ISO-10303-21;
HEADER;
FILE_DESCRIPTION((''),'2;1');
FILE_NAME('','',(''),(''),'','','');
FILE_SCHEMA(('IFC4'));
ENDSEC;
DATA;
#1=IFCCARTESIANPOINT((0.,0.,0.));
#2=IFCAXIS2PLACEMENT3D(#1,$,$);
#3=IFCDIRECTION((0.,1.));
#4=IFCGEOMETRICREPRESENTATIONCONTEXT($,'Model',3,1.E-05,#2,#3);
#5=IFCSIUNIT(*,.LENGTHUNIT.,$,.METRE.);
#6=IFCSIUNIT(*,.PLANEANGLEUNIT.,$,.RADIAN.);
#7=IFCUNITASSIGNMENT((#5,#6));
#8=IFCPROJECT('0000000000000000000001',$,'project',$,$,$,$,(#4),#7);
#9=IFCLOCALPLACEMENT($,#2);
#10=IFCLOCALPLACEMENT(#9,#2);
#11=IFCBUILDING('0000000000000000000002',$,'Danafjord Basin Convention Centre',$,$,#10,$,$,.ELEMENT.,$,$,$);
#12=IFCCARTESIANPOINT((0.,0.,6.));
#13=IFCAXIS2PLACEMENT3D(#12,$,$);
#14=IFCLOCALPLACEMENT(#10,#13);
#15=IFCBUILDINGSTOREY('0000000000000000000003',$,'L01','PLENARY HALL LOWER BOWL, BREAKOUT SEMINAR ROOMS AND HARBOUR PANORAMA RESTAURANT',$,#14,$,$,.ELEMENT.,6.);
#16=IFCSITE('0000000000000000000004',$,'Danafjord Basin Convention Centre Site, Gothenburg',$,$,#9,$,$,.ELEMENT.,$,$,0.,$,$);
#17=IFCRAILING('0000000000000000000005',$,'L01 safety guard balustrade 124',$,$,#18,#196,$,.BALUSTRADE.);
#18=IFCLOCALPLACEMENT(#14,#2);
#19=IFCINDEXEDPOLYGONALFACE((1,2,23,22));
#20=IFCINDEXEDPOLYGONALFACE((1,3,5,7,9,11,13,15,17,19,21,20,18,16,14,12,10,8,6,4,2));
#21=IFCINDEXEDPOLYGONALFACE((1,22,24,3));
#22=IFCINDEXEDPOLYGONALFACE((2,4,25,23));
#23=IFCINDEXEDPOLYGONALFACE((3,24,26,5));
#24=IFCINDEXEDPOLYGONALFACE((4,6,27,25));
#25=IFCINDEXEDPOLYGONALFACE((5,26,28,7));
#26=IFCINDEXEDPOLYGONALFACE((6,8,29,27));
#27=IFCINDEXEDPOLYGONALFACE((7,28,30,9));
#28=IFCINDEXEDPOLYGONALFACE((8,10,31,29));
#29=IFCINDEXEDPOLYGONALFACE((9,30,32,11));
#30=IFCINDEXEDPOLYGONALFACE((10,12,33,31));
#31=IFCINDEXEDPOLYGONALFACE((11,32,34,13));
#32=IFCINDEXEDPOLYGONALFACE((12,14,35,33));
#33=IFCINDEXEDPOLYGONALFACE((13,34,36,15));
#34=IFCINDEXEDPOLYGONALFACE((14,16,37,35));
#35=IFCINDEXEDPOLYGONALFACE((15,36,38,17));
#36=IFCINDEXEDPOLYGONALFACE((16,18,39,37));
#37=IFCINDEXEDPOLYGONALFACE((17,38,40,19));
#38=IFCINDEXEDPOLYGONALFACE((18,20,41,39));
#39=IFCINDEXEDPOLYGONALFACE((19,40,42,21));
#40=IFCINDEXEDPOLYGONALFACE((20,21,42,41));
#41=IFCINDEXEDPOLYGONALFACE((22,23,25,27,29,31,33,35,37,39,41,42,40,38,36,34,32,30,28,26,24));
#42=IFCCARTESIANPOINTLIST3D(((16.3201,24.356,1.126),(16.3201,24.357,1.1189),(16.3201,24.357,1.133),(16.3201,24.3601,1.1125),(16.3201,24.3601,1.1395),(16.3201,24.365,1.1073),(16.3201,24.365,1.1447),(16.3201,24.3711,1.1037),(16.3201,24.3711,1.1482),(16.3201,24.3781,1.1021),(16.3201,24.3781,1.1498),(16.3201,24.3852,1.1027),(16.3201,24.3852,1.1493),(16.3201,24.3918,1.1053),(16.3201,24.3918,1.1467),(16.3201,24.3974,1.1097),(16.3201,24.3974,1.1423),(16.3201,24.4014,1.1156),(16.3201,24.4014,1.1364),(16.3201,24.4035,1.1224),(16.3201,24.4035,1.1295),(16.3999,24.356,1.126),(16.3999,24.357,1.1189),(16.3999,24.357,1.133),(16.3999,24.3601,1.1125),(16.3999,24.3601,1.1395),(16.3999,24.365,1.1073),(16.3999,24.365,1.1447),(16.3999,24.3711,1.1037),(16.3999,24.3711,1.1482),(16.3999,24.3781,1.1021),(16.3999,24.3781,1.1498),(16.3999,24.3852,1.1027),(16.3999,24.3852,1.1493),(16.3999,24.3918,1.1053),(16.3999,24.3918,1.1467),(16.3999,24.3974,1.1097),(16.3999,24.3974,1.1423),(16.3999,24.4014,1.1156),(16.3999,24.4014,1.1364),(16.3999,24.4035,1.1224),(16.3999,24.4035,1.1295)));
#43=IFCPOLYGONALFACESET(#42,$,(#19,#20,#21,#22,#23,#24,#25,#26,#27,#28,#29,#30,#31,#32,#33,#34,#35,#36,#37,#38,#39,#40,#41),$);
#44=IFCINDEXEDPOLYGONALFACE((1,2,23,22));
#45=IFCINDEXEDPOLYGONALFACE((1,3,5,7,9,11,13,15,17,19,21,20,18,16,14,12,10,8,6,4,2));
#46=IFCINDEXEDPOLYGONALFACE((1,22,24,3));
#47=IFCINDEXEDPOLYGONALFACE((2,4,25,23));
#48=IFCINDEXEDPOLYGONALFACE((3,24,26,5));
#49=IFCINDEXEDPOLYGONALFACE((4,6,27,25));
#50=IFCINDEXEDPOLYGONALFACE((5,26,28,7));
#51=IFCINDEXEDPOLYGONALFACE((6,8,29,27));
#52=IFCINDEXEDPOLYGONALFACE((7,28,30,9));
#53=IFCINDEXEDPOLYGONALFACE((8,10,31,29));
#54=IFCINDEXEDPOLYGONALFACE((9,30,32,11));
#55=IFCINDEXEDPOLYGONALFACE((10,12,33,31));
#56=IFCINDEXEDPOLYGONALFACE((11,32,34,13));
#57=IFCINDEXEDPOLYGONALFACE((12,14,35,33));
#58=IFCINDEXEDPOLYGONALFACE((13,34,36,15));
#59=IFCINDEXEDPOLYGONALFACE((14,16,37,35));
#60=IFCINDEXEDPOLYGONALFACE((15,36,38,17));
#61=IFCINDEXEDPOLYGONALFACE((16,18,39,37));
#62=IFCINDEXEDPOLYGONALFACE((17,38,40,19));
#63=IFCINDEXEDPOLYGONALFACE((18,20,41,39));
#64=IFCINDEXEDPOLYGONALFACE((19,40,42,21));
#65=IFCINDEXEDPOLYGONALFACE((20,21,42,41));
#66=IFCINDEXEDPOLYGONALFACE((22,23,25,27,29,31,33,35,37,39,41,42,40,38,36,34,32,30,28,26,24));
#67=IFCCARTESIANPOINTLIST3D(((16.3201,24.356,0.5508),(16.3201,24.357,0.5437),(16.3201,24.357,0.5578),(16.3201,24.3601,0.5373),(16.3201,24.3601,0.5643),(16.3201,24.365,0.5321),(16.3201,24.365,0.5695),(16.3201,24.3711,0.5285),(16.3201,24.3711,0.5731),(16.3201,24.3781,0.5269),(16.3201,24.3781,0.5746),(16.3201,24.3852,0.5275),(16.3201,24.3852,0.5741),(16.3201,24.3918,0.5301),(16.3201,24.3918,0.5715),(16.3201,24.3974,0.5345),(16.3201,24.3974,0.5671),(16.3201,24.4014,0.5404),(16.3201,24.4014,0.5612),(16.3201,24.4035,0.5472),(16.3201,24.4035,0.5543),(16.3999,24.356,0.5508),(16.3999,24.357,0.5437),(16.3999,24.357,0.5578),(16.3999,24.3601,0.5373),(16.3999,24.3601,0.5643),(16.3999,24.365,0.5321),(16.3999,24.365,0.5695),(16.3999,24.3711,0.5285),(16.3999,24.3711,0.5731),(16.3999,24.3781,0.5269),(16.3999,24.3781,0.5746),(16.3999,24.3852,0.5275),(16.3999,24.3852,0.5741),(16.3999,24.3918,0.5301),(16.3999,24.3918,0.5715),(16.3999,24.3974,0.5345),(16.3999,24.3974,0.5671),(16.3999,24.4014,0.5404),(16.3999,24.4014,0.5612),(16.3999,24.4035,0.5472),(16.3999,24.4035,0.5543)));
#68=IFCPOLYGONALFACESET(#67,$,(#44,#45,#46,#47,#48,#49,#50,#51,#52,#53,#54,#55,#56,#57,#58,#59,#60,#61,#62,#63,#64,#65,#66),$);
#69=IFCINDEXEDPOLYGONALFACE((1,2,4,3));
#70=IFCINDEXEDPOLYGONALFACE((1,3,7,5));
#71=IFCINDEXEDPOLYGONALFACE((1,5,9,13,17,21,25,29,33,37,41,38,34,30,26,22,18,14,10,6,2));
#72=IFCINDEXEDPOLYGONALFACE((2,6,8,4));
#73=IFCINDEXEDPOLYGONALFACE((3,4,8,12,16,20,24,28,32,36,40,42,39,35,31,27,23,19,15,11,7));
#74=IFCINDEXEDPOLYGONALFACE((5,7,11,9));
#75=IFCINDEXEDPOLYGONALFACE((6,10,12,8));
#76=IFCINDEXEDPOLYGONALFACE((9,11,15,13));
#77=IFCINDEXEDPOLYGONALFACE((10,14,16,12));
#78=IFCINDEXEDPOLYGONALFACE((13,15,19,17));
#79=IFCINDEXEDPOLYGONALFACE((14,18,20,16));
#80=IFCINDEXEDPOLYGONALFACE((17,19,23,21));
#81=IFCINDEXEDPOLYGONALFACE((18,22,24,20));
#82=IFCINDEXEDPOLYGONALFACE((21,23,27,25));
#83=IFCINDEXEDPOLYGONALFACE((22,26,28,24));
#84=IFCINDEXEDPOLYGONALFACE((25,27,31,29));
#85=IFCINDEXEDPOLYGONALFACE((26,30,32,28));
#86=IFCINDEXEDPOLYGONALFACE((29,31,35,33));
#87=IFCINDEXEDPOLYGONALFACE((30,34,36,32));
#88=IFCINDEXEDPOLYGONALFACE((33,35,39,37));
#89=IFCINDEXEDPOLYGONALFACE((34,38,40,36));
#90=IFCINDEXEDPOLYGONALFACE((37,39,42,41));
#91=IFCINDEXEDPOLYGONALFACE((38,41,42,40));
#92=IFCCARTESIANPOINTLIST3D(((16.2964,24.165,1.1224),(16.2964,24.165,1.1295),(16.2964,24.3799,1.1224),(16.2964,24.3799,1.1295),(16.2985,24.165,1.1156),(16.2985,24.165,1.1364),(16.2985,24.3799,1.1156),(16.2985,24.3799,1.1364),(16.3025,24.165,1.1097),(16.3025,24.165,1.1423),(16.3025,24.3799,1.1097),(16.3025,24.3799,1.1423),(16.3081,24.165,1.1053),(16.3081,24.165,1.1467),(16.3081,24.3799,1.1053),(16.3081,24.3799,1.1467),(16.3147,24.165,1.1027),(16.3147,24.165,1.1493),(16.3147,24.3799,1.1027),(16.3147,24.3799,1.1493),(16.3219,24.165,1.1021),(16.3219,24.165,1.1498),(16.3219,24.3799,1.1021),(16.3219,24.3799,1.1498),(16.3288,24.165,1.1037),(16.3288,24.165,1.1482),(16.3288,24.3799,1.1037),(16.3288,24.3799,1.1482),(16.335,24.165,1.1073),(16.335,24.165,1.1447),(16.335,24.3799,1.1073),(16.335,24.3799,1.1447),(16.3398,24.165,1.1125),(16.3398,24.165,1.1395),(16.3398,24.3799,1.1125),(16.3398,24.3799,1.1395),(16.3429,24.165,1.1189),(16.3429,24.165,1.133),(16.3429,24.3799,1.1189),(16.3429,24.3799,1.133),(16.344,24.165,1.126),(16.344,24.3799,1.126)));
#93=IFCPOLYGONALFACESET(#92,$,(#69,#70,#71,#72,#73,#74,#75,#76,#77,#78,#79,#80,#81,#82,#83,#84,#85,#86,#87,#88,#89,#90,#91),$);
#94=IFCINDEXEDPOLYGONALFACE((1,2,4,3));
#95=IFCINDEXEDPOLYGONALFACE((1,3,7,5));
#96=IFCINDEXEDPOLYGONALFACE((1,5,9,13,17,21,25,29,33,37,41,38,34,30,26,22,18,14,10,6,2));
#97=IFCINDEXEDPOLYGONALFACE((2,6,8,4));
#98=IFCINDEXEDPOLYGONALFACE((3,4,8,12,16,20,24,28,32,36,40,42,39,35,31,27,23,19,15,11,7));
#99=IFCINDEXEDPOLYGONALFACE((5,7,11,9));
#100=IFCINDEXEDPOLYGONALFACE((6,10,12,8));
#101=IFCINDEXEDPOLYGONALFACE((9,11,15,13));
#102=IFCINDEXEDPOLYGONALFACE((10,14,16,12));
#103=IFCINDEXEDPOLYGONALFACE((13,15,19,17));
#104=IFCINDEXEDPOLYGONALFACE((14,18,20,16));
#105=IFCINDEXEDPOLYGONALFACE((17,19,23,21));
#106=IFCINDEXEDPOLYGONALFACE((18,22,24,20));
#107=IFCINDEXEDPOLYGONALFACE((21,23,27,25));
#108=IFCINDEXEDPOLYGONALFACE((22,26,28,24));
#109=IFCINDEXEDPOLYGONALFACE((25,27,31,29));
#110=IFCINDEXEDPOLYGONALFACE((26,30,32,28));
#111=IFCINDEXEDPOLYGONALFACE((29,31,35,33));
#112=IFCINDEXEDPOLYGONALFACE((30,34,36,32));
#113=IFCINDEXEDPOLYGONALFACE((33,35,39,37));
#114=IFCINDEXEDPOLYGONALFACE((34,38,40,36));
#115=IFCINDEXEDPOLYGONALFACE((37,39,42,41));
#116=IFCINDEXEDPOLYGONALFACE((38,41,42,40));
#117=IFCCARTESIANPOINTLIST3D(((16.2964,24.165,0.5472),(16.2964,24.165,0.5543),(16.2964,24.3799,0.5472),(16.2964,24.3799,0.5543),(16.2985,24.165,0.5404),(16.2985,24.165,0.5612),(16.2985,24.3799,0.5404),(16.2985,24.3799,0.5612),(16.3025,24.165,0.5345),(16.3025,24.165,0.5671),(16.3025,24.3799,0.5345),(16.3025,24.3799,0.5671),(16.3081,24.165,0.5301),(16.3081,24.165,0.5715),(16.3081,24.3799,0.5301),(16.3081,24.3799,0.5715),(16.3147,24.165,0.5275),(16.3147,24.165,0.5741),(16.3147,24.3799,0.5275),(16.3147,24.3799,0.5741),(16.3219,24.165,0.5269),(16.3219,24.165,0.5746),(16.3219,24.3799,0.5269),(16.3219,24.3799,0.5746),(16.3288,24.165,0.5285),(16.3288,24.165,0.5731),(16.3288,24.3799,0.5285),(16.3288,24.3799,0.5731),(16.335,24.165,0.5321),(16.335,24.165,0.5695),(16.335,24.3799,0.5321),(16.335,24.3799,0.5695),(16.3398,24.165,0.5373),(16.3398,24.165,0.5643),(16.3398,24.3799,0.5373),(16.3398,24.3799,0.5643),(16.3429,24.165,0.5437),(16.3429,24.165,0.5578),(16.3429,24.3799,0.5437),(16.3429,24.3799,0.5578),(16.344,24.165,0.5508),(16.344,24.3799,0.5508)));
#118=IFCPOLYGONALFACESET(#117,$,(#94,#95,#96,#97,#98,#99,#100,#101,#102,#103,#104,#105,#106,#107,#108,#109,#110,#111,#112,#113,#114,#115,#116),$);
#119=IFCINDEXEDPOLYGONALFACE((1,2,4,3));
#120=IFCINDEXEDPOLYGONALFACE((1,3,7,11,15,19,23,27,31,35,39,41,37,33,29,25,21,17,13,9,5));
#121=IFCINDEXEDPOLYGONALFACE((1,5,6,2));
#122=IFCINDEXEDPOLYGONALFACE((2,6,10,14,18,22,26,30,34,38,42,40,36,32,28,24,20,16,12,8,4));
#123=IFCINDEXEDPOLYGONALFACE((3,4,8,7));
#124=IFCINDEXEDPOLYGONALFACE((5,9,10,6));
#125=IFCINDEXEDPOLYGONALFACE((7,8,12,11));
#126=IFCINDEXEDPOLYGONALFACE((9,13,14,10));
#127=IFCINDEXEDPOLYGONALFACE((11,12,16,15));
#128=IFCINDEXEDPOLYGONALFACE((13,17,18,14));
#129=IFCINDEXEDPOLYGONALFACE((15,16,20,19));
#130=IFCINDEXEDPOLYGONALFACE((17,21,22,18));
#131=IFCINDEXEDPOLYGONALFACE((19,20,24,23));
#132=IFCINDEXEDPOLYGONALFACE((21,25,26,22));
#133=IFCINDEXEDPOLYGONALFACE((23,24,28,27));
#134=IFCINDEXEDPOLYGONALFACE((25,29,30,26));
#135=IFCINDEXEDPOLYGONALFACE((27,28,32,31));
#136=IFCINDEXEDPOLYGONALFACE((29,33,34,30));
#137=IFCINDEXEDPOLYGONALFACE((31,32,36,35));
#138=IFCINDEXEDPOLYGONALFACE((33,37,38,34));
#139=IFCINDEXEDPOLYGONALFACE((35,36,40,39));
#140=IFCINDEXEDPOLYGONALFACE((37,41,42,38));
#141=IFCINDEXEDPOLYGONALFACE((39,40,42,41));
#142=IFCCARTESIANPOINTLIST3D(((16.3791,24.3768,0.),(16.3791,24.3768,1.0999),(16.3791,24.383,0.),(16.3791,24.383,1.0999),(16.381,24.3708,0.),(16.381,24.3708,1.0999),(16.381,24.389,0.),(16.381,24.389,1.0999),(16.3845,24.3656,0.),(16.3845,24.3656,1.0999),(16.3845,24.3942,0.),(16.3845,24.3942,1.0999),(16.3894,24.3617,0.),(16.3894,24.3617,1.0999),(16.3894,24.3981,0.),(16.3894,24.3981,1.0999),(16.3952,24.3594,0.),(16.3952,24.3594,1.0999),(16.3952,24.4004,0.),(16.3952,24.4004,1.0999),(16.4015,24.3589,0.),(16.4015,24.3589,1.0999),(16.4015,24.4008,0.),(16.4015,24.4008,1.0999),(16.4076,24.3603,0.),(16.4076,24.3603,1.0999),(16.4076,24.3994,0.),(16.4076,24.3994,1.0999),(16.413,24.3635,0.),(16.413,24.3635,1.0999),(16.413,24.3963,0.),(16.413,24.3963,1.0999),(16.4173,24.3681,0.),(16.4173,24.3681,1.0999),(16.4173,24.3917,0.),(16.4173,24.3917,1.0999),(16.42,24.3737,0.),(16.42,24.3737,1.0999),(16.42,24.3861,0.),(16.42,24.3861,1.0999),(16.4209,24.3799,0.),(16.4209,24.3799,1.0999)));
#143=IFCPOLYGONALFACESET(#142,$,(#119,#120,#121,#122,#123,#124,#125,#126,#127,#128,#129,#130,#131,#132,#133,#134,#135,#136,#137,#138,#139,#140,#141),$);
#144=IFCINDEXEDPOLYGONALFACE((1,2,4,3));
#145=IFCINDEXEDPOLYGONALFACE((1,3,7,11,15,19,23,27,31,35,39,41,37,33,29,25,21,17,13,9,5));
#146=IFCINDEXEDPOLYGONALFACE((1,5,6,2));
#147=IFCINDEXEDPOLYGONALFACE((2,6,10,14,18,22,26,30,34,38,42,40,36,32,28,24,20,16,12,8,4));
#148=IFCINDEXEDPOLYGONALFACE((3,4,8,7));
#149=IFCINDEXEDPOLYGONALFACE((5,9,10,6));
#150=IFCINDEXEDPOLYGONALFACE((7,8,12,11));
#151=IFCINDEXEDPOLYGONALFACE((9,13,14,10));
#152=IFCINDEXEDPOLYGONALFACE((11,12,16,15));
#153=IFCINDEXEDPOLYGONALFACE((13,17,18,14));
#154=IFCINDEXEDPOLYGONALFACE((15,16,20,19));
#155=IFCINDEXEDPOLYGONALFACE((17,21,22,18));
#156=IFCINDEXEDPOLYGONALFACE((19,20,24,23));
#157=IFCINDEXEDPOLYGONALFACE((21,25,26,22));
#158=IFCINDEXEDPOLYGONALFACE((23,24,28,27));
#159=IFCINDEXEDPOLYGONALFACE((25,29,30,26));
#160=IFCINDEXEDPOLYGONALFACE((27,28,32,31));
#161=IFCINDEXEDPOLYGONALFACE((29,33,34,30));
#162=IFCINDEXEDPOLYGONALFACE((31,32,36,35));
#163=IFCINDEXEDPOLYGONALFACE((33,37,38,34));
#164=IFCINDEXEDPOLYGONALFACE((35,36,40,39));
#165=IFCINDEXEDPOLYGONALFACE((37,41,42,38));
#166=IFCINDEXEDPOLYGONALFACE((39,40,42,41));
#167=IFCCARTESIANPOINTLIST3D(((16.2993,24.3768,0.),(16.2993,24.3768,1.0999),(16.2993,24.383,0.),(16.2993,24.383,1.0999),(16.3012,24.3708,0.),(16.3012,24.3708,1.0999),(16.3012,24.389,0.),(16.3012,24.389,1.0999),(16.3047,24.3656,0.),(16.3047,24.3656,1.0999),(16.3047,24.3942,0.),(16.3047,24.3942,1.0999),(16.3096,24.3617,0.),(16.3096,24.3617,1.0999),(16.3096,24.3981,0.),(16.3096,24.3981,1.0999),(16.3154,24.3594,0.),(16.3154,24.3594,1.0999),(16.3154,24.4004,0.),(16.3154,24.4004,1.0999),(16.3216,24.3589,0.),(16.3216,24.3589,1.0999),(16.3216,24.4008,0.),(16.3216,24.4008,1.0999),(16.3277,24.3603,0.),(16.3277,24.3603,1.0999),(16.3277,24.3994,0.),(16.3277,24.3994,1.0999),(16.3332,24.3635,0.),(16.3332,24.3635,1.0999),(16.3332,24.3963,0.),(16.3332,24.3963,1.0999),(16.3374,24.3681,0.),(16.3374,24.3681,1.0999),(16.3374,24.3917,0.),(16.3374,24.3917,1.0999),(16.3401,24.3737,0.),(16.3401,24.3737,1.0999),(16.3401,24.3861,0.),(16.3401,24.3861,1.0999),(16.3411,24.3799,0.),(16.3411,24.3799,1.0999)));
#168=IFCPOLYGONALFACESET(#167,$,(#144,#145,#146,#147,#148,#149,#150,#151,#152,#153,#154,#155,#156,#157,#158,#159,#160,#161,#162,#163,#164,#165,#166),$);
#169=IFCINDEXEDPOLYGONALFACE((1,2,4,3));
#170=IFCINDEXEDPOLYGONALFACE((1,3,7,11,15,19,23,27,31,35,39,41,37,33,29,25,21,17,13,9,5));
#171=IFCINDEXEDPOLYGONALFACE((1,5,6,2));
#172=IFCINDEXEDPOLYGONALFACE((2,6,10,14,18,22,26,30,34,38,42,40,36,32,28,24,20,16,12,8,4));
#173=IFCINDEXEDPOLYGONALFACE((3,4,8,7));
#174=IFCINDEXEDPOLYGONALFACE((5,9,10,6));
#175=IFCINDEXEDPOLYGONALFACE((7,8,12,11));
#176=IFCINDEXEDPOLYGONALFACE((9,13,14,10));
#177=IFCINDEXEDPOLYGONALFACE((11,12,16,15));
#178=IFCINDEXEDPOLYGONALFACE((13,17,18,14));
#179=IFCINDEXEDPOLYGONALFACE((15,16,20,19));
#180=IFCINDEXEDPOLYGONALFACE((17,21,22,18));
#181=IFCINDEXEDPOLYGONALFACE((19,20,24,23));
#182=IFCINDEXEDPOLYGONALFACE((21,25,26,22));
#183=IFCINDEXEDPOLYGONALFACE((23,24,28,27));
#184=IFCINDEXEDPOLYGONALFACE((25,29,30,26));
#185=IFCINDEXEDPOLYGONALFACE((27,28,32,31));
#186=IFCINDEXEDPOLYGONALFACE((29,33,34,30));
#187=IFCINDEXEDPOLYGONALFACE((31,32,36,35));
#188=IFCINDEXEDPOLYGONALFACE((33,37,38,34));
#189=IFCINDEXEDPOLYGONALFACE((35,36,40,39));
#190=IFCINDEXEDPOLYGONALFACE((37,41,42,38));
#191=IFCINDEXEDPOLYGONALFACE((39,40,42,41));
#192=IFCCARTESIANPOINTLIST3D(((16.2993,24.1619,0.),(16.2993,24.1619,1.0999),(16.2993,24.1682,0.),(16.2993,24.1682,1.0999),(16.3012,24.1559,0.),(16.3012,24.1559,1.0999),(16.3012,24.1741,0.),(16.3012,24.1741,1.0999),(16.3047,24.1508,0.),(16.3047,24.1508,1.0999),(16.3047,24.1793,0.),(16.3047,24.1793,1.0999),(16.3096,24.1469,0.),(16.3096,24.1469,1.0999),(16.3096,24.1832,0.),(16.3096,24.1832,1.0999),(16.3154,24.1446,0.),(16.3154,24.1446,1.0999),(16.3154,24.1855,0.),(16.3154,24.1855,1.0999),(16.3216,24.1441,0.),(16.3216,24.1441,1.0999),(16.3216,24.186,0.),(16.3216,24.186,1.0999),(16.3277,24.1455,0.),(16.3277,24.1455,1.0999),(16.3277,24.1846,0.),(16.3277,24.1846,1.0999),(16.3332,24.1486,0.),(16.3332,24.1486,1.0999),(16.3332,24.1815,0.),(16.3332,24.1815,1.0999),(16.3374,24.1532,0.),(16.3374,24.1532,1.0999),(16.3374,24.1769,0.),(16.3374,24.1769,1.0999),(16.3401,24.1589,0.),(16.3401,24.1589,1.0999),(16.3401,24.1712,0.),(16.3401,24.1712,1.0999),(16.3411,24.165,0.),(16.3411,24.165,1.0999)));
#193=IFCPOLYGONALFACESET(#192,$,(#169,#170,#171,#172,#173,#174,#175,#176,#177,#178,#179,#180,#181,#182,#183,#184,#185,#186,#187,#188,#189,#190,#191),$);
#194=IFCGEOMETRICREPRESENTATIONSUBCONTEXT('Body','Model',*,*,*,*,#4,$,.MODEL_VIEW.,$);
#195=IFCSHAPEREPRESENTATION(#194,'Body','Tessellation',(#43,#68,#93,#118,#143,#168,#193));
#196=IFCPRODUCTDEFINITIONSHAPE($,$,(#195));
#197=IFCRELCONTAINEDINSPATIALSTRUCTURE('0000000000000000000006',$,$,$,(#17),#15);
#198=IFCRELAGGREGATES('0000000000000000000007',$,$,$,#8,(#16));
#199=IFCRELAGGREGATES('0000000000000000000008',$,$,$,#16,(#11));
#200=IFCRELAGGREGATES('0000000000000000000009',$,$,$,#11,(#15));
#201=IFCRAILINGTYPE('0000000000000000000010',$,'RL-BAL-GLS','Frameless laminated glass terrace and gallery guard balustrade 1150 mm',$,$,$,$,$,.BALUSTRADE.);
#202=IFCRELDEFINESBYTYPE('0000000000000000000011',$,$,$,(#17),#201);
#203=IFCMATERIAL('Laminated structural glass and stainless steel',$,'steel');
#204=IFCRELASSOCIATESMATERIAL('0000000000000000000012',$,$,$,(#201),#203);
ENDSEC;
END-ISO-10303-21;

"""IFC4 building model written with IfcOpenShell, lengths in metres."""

from ifc_helpers import new_model, si_unit, direction, frame, origin, origin_2d, place, context, subcontext, project, spatial, circle, extrude, material, type_object, element, save


model = new_model("IFC4")

# Units and contexts
model_context = context("Model", 3, precision=1e-05, world=origin(), true_north=direction((0.0, 1.0)))
body_context = subcontext(model_context, "Body", "Model", "MODEL_VIEW")
ifc_project = project(units=[si_unit("LENGTHUNIT", "METRE"), si_unit("PLANEANGLEUNIT", "RADIAN")], contexts=[model_context])

# Site, building, storey
site_placement = place(None, origin())
site = spatial("IfcSite", under=ifc_project, at=site_placement, Name="Danafjord Basin Convention Centre Site, Gothenburg", CompositionType="ELEMENT", RefElevation=0.0)
building_placement = place(site_placement, origin())
building = spatial("IfcBuilding", under=site, at=building_placement, Name="Danafjord Basin Convention Centre", CompositionType="ELEMENT")
storey_placement = place(building_placement, frame((0.0, 0.0, 6.0)))
storey = spatial("IfcBuildingStorey", under=building, at=storey_placement, Name="L01", Description="PLENARY HALL LOWER BOWL, BREAKOUT SEMINAR ROOMS AND HARBOUR PANORAMA RESTAURANT", CompositionType="ELEMENT", Elevation=6.0)

# Railing
ifc_material_1 = material(Name="Laminated structural glass and stainless steel", Category="steel")
railing_type_1 = type_object("IfcRailingType", Name="RL-BAL-GLS", Description="Frameless laminated glass terrace and gallery guard balustrade 1150 mm", PredefinedType="BALUSTRADE", material=ifc_material_1)
railing_1_placement = place(storey_placement, frame((16.3999, 24.3799, 0.0)))
element("IfcRailing", 1, at=railing_1_placement, inside=storey, type_object=railing_type_1, Name="L01 safety guard balustrade 124", PredefinedType="BALUSTRADE", context=body_context, shape_type="SweptSolid", body=[
    extrude(circle(Radius=0.0239, at=origin_2d()), frame((0.0, 0.0, 1.126), z_axis=(-1.0, 0.0, 0.0), x_axis=(0.0, -1.0, 0.0)), (0.0, 0.0, 1.0), 0.0798),
    extrude(circle(Radius=0.0239, at=origin_2d()), frame((0.0, 0.0, 0.5508), z_axis=(-1.0, 0.0, 0.0), x_axis=(0.0, -1.0, 0.0)), (0.0, 0.0, 1.0), 0.0798),
    extrude(circle(Radius=0.0239, at=origin_2d()), frame((-0.0798, 0.0, 1.126), z_axis=(0.0, -1.0, 0.0), x_axis=(1.0, 0.0, 0.0)), (0.0, 0.0, 1.0), 0.2148),
    extrude(circle(Radius=0.0239, at=origin_2d()), frame((-0.0798, 0.0, 0.5508), z_axis=(0.0, -1.0, 0.0), x_axis=(1.0, 0.0, 0.0)), (0.0, 0.0, 1.0), 0.2148),
    extrude(circle(Radius=0.021, at=origin_2d()), origin(), (0.0, 0.0, 1.0), 1.0999),
    extrude(circle(Radius=0.021, at=origin_2d()), frame((-0.0798, 0.0, 0.0)), (0.0, 0.0, 1.0), 1.0999),
    extrude(circle(Radius=0.021, at=origin_2d()), frame((-0.0798, -0.2148, 0.0)), (0.0, 0.0, 1.0), 1.0999),
])

save(model, "model.ifc")
